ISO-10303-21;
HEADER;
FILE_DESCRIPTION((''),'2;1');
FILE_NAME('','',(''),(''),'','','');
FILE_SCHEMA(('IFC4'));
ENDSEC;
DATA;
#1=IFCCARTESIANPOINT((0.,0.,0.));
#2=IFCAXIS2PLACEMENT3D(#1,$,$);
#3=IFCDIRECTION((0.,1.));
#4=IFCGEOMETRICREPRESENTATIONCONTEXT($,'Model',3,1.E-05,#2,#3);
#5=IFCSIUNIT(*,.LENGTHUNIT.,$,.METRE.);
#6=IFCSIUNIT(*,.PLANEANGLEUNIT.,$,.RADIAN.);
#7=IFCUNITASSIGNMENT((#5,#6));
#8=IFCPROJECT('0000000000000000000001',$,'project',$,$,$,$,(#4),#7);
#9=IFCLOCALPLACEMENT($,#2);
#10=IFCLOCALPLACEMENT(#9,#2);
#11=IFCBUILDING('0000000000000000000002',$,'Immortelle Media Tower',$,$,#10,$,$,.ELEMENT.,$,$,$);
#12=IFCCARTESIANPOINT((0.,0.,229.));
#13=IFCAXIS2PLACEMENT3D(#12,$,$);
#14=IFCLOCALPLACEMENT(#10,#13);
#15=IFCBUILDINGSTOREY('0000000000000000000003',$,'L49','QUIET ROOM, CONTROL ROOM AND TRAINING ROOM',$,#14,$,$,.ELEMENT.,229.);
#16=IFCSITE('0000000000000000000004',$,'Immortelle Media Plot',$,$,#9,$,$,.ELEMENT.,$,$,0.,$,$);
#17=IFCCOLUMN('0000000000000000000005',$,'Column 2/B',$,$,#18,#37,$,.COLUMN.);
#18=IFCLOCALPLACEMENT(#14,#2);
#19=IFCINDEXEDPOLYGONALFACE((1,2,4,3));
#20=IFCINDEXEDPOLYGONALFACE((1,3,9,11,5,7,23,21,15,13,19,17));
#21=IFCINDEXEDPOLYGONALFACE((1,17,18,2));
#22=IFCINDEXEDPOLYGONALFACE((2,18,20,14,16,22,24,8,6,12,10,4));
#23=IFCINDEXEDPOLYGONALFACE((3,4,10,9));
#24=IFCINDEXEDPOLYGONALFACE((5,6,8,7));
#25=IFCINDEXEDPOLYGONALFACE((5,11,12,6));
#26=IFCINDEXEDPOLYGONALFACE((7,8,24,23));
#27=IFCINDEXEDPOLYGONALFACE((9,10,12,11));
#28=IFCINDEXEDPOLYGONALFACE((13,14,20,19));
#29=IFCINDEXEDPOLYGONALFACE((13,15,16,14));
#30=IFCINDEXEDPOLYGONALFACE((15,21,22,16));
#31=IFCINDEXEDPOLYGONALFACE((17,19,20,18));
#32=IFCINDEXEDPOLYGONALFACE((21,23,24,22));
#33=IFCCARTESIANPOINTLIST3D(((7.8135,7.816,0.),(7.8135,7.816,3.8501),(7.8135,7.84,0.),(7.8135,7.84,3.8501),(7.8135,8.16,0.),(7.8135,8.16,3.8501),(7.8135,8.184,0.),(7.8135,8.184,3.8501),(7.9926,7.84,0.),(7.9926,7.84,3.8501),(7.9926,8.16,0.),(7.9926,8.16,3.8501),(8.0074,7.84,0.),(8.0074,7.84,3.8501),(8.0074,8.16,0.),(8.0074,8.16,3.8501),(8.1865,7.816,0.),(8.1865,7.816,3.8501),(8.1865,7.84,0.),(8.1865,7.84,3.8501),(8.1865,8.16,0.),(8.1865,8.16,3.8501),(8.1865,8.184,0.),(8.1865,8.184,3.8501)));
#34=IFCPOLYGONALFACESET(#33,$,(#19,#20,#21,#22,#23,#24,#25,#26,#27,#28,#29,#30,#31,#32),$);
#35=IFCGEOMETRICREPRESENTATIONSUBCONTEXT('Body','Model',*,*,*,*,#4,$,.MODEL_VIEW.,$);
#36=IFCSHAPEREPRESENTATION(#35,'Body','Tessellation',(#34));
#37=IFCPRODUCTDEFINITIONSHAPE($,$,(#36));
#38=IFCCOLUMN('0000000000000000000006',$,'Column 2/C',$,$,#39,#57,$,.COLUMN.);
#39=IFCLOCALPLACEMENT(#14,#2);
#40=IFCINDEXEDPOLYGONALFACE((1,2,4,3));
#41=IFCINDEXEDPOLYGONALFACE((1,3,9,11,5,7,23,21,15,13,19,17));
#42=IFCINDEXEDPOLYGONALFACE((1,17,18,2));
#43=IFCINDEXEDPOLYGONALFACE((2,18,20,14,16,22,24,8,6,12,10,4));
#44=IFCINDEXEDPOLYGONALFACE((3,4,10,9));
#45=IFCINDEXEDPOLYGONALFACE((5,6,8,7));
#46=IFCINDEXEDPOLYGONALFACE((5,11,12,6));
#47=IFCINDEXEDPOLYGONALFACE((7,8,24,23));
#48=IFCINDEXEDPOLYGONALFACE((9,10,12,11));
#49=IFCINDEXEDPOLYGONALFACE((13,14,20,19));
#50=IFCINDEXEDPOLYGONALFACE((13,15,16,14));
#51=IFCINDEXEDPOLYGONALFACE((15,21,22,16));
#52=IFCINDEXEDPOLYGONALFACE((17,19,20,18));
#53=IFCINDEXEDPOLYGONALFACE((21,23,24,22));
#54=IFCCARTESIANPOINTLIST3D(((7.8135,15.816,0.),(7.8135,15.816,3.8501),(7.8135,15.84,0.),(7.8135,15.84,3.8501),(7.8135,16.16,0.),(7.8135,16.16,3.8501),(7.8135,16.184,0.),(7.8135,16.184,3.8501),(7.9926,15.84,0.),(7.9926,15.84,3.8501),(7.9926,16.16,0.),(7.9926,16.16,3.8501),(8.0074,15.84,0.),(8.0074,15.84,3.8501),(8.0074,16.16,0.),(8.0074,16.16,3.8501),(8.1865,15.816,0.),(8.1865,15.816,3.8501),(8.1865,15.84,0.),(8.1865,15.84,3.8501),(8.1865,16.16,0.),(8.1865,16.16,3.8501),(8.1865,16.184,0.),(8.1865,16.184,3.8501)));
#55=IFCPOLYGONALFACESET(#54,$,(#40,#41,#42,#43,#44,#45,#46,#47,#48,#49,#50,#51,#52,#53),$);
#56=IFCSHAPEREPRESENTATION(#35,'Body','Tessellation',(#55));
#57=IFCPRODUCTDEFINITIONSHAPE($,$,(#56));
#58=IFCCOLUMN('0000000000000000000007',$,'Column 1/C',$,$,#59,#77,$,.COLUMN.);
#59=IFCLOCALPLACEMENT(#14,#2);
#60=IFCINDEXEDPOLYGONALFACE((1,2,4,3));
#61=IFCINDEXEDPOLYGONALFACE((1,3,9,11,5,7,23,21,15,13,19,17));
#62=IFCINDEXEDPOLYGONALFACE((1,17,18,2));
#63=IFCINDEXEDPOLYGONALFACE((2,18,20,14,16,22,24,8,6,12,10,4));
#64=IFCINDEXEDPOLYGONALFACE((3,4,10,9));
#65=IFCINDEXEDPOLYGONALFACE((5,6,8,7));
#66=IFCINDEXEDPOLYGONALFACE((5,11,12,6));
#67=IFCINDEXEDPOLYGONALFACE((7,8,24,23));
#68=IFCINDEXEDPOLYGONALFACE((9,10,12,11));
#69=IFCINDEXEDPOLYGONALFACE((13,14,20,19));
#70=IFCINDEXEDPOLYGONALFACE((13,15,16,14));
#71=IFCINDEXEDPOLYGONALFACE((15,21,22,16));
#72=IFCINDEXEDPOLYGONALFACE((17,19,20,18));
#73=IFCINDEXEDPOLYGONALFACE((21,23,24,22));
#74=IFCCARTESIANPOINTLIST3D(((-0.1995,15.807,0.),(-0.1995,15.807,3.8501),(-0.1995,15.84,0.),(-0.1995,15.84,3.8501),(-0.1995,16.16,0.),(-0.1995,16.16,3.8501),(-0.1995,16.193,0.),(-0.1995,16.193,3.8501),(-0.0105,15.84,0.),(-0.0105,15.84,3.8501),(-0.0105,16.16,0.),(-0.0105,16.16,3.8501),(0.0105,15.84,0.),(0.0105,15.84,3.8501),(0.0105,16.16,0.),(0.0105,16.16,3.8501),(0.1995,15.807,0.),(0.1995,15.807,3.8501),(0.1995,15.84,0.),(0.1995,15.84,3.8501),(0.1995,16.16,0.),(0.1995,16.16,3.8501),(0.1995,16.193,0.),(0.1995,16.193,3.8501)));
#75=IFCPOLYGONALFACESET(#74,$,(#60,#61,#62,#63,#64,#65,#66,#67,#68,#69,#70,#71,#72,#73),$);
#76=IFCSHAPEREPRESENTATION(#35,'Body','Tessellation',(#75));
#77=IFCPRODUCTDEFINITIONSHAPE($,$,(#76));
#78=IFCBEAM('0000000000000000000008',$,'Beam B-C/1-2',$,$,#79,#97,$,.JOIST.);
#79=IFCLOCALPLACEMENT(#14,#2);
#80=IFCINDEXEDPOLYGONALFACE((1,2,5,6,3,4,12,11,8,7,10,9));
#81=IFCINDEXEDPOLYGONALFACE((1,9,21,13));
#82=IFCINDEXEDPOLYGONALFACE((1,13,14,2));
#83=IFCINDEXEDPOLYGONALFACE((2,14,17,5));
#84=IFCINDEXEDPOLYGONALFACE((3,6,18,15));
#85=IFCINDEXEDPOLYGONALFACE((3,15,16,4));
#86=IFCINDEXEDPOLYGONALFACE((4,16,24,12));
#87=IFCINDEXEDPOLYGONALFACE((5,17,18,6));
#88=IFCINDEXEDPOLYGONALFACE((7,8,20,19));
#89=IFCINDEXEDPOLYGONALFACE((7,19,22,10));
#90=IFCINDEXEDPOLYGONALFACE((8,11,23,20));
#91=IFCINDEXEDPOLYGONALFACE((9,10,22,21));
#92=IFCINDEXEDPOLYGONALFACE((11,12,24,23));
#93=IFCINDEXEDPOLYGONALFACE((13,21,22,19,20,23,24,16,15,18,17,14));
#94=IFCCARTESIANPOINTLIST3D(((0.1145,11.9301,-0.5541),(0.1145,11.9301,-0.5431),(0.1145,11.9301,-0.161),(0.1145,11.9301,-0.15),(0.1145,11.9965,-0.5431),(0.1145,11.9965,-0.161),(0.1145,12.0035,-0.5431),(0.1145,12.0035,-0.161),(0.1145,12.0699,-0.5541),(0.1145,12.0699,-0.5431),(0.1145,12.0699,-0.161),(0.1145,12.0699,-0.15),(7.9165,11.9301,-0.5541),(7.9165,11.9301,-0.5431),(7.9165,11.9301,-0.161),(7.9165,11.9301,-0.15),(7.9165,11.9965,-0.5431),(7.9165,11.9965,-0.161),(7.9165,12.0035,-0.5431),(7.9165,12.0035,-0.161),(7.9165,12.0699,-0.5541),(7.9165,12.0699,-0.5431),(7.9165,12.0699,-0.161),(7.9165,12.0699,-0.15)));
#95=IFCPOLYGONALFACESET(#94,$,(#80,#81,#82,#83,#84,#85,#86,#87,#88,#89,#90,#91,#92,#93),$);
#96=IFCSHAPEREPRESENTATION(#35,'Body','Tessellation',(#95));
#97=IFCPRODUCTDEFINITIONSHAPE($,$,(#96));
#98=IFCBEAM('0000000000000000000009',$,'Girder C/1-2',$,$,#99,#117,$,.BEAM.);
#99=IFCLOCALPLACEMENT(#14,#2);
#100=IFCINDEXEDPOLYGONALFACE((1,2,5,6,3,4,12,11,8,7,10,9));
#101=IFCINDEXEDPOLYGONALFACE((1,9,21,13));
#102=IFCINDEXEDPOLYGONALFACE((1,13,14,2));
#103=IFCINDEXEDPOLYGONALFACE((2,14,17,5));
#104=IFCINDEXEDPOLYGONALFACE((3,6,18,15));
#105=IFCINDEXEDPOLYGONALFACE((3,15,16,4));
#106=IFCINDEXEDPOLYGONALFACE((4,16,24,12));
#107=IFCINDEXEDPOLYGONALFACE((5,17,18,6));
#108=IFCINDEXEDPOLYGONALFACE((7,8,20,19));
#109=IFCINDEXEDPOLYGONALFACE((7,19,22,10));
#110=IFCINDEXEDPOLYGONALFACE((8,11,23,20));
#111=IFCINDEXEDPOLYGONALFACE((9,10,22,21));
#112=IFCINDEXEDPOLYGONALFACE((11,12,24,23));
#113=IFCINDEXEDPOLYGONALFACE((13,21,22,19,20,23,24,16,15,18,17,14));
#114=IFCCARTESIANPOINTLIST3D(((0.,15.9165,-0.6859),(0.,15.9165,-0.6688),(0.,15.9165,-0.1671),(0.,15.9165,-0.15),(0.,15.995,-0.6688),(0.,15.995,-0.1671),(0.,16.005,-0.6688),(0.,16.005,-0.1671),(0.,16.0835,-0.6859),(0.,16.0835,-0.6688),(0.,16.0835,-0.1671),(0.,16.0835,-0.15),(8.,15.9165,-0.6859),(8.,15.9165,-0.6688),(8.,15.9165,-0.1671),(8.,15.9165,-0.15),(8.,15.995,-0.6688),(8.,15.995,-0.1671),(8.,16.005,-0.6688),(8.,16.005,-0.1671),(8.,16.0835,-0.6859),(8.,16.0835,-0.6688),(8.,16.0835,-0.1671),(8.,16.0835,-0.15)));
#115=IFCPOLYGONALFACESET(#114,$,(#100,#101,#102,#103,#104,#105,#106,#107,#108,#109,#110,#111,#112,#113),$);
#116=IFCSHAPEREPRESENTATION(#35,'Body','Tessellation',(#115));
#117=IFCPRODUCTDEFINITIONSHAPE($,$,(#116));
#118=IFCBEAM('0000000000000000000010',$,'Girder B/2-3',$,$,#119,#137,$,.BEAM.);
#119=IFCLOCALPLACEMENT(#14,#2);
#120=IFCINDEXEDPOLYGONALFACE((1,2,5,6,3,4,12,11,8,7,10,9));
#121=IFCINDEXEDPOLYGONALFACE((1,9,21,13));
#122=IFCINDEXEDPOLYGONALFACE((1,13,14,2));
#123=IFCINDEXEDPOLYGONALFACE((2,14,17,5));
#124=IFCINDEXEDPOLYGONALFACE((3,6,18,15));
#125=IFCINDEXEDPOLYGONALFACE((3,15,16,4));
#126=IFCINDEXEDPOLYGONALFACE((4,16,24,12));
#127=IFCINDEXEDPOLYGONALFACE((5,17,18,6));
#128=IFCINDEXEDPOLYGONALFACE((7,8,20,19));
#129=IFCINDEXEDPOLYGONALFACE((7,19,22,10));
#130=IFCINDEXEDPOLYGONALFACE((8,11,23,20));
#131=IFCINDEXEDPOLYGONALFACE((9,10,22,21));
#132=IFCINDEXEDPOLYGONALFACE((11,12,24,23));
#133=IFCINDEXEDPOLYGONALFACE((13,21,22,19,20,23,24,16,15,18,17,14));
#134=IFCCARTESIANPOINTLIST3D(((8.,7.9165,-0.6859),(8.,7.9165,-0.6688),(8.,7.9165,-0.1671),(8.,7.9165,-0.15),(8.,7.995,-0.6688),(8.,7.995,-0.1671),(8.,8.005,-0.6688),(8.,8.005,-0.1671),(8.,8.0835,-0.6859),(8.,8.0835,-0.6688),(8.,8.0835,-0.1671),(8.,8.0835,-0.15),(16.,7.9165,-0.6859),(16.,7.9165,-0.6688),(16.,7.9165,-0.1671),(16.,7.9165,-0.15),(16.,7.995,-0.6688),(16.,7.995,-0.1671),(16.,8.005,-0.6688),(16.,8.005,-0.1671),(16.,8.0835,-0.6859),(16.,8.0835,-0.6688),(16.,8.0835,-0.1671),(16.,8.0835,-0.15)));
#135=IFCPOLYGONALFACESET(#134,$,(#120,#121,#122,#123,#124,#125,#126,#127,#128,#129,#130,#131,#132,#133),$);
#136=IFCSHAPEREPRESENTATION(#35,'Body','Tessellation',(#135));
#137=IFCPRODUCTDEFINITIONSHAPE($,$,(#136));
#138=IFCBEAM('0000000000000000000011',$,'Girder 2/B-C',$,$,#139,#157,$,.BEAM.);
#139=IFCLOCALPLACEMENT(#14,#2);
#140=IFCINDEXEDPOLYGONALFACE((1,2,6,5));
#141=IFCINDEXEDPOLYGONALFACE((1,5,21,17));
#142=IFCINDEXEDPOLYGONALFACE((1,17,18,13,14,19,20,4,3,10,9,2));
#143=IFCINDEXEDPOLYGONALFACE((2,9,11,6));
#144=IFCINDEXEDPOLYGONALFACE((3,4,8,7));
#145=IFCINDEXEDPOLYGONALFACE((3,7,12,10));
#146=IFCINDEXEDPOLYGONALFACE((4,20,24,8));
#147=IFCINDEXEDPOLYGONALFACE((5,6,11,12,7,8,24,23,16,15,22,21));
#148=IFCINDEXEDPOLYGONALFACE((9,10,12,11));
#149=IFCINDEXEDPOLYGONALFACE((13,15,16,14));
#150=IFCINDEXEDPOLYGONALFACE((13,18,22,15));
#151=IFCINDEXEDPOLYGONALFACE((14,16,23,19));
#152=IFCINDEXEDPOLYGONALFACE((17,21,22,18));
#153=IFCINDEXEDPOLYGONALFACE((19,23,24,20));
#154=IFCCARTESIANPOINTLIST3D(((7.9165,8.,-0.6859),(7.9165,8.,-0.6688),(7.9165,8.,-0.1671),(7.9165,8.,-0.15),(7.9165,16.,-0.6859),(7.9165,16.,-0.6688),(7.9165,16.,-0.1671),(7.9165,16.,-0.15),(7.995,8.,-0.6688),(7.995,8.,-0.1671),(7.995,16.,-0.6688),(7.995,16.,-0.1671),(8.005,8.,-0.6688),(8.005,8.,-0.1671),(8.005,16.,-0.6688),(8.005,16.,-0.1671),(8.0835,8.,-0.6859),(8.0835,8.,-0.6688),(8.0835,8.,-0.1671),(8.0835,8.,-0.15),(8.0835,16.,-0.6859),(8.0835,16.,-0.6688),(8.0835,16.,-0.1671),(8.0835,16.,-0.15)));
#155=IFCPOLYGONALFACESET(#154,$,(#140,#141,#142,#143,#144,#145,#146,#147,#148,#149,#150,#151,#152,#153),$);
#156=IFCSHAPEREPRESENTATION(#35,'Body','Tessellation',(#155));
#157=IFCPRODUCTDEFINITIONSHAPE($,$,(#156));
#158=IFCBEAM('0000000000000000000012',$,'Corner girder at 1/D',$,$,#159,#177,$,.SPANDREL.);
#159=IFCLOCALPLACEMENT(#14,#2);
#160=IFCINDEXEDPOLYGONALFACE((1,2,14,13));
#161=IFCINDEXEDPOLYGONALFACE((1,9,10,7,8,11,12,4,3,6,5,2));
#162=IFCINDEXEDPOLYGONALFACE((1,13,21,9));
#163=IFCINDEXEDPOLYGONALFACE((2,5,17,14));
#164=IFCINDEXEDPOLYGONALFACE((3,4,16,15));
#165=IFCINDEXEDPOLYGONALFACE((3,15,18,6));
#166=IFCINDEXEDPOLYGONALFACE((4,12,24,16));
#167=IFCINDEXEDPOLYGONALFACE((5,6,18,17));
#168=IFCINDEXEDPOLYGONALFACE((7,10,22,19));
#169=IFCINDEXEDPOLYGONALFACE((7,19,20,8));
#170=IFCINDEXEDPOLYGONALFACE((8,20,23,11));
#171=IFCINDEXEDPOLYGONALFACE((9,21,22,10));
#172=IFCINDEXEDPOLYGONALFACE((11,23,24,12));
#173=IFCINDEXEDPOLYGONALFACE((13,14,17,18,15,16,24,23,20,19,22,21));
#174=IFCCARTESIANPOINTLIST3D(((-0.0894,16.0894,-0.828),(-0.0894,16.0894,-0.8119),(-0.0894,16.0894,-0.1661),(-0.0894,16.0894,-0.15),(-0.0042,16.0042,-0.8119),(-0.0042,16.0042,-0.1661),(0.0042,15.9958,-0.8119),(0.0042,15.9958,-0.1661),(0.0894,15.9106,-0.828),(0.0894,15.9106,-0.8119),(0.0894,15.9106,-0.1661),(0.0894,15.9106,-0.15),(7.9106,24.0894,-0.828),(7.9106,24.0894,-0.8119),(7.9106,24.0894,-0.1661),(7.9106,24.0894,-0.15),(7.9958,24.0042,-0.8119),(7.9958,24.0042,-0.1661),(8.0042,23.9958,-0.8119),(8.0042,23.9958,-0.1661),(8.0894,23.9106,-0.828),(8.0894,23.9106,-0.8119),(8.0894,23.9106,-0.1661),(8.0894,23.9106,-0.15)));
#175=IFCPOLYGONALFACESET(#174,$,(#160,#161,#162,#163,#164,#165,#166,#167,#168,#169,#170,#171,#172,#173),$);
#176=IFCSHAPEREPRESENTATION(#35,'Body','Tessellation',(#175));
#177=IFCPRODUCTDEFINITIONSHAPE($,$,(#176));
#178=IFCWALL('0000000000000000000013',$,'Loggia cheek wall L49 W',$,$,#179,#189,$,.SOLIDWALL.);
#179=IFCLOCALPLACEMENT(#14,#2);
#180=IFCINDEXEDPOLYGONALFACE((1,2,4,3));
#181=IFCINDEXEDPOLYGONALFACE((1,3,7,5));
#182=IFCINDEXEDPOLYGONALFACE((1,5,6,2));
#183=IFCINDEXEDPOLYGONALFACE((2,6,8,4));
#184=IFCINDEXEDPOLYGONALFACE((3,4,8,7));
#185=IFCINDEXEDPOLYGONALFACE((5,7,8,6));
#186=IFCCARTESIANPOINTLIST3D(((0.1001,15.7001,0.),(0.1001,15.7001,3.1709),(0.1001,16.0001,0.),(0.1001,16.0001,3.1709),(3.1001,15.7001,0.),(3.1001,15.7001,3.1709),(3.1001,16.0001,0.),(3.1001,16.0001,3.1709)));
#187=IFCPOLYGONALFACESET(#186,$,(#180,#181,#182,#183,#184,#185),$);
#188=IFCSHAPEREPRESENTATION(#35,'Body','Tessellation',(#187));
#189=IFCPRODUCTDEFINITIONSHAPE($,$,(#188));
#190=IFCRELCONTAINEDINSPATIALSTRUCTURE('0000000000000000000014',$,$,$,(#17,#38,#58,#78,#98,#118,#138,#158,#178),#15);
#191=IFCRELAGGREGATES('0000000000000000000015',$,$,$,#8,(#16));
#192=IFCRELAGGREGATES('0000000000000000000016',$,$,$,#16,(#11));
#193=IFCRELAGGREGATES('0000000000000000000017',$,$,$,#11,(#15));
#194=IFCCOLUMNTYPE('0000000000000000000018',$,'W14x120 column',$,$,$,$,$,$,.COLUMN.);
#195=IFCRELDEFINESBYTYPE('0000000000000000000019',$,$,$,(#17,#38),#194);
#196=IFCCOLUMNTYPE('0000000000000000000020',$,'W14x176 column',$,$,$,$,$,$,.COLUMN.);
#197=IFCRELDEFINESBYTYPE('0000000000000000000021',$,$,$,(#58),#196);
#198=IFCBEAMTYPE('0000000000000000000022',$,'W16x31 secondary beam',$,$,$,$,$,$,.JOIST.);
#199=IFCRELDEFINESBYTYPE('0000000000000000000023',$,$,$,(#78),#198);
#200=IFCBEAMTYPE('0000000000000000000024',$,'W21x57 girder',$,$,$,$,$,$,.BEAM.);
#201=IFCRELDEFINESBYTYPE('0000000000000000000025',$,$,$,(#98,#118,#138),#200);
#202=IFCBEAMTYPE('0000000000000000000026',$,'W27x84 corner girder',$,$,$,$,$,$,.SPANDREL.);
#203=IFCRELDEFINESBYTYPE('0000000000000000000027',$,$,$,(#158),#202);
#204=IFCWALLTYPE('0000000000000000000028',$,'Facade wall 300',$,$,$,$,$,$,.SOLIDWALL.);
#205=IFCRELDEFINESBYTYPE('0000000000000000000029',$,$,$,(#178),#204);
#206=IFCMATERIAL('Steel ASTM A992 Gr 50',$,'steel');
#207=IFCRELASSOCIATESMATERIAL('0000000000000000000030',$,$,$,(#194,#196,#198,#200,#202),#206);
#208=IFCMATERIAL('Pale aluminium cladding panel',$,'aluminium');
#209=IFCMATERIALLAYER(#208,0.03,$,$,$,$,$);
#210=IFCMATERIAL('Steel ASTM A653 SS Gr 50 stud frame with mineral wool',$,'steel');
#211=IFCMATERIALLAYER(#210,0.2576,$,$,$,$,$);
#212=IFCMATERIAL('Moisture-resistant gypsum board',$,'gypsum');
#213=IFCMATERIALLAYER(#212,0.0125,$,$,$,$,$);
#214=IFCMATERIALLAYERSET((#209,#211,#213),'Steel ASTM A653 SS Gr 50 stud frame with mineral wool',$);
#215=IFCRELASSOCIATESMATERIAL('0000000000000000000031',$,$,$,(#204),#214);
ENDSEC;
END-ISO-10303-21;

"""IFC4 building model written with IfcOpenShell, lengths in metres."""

from ifc_helpers import new_model, si_unit, direction, frame, frame_2d, origin, origin_2d, place, context, subcontext, project, spatial, rectangle, i_section, extrude, material, layer, layer_set, material_profile, profile_set, type_object, element, save


model = new_model("IFC4")

# Units and contexts
model_context = context("Model", 3, precision=1e-05, world=origin(), true_north=direction((0.0, 1.0)))
body_context = subcontext(model_context, "Body", "Model", "MODEL_VIEW")
ifc_project = project(units=[si_unit("LENGTHUNIT", "METRE"), si_unit("PLANEANGLEUNIT", "RADIAN")], contexts=[model_context])

# Site, building, storey
site_placement = place(None, origin())
site = spatial("IfcSite", under=ifc_project, at=site_placement, Name="Immortelle Media Plot", CompositionType="ELEMENT", RefElevation=0.0)
building_placement = place(site_placement, origin())
building = spatial("IfcBuilding", under=site, at=building_placement, Name="Immortelle Media Tower", CompositionType="ELEMENT")
storey_placement = place(building_placement, frame((0.0, 0.0, 229.0)))
storey = spatial("IfcBuildingStorey", under=building, at=storey_placement, Name="L49", Description="QUIET ROOM, CONTROL ROOM AND TRAINING ROOM", CompositionType="ELEMENT", Elevation=229.0)

# Columns
ifc_material_1 = material(Name="Steel ASTM A992 Gr 50", Category="steel")
ifc_material_profile_1 = material_profile(ifc_material_1, i_section(OverallWidth=0.373, OverallDepth=0.3679, WebThickness=0.0149, FlangeThickness=0.0239, at=origin_2d()), Name="W14x120")
ifc_profile_set_1 = profile_set([ifc_material_profile_1], Name="Steel ASTM A992 Gr 50")
column_type_1 = type_object("IfcColumnType", Name="W14x120 column", PredefinedType="COLUMN", material=ifc_profile_set_1)
for number, where, z_axis, x_axis, name in (
    (1, (8.0, 8.0, 0.0), (0.0, 0.0, 1.0), (1.0, 0.0, 0.0), "Column 2/B"),
    (2, (8.0, 16.0, 0.0), (0.0, 0.0, 1.0), (1.0, 0.0, 0.0), "Column 2/C"),
):
    element("IfcColumn", number, at=place(storey_placement, frame(where, z_axis=z_axis, x_axis=x_axis)), inside=storey, type_object=column_type_1, Name=name, PredefinedType="COLUMN", context=body_context, shape_type="SweptSolid", body=[
        extrude(i_section(OverallWidth=0.373, OverallDepth=0.3679, WebThickness=0.0149, FlangeThickness=0.0239, at=origin_2d()), origin(), (0.0, 0.0, 1.0), 3.8501),
    ])
ifc_material_profile_2 = material_profile(ifc_material_1, i_section(OverallWidth=0.3989, OverallDepth=0.386, WebThickness=0.021, FlangeThickness=0.033, at=origin_2d()), Name="W14x176")
ifc_profile_set_2 = profile_set([ifc_material_profile_2], Name="Steel ASTM A992 Gr 50")
column_type_2 = type_object("IfcColumnType", Name="W14x176 column", PredefinedType="COLUMN", material=ifc_profile_set_2)
column_placement = place(storey_placement, frame((0.0, 16.0, 0.0), z_axis=(0.0, 0.0, 1.0), x_axis=(1.0, 0.0, 0.0)))
element("IfcColumn", 3, at=column_placement, inside=storey, type_object=column_type_2, Name="Column 1/C", PredefinedType="COLUMN", context=body_context, shape_type="SweptSolid", body=[
    extrude(i_section(OverallWidth=0.3989, OverallDepth=0.386, WebThickness=0.021, FlangeThickness=0.033, at=origin_2d()), origin(), (0.0, 0.0, 1.0), 3.8501),
])

# Beams
ifc_material_profile_3 = material_profile(ifc_material_1, i_section(OverallWidth=0.1399, OverallDepth=0.4041, WebThickness=0.0071, FlangeThickness=0.011, at=origin_2d()), Name="W16x31")
ifc_profile_set_3 = profile_set([ifc_material_profile_3], Name="Steel ASTM A992 Gr 50")
beam_type_1 = type_object("IfcBeamType", Name="W16x31 secondary beam", PredefinedType="JOIST", material=ifc_profile_set_3)
beam_1_placement = place(storey_placement, frame((0.1145, 12.0, -0.3521), z_axis=(1.0, 0.0, 0.0), x_axis=(0.0, 1.0, 0.0)))
element("IfcBeam", 4, at=beam_1_placement, inside=storey, type_object=beam_type_1, Name="Beam B-C/1-2", PredefinedType="JOIST", context=body_context, shape_type="SweptSolid", body=[
    extrude(i_section(OverallWidth=0.1399, OverallDepth=0.4041, WebThickness=0.0071, FlangeThickness=0.011, at=origin_2d()), origin(), (0.0, 0.0, 1.0), 7.802),
])
ifc_material_profile_4 = material_profile(ifc_material_1, i_section(OverallWidth=0.167, OverallDepth=0.5359, WebThickness=0.01, FlangeThickness=0.0171, at=origin_2d()), Name="W21x57")
ifc_profile_set_4 = profile_set([ifc_material_profile_4], Name="Steel ASTM A992 Gr 50")
beam_type_2 = type_object("IfcBeamType", Name="W21x57 girder", PredefinedType="BEAM", material=ifc_profile_set_4)
for number, where, z_axis, x_axis, name in (
    (5, (0.0, 16.0, -0.418), (1.0, 0.0, 0.0), (0.0, 1.0, 0.0), "Girder C/1-2"),
    (6, (8.0, 8.0, -0.418), (1.0, 0.0, 0.0), (0.0, 1.0, 0.0), "Girder B/2-3"),
    (7, (8.0, 8.0, -0.418), (0.0, 1.0, 0.0), (-1.0, 0.0, 0.0), "Girder 2/B-C"),
):
    element("IfcBeam", number, at=place(storey_placement, frame(where, z_axis=z_axis, x_axis=x_axis)), inside=storey, type_object=beam_type_2, Name=name, PredefinedType="BEAM", context=body_context, shape_type="SweptSolid", body=[
        extrude(i_section(OverallWidth=0.167, OverallDepth=0.5359, WebThickness=0.01, FlangeThickness=0.0171, at=origin_2d()), origin(), (0.0, 0.0, 1.0), 8.0),
    ])
ifc_material_profile_5 = material_profile(ifc_material_1, i_section(OverallWidth=0.2529, OverallDepth=0.678, WebThickness=0.012, FlangeThickness=0.0161, at=origin_2d()), Name="W27x84")
ifc_profile_set_5 = profile_set([ifc_material_profile_5], Name="Steel ASTM A992 Gr 50")
beam_type_3 = type_object("IfcBeamType", Name="W27x84 corner girder", PredefinedType="SPANDREL", material=ifc_profile_set_5)
beam_2_placement = place(storey_placement, frame((0.0, 16.0, -0.489), z_axis=(0.707107, 0.707107, 0.0), x_axis=(-0.707107, 0.707107, 0.0)))
element("IfcBeam", 8, at=beam_2_placement, inside=storey, type_object=beam_type_3, Name="Corner girder at 1/D", PredefinedType="SPANDREL", context=body_context, shape_type="SweptSolid", body=[
    extrude(i_section(OverallWidth=0.2529, OverallDepth=0.678, WebThickness=0.012, FlangeThickness=0.0161, at=origin_2d()), origin(), (0.0, 0.0, 1.0), 11.3137),
])

# Shared definitions
ifc_material_2 = material(Name="Pale aluminium cladding panel", Category="aluminium")
ifc_layer_1 = layer(ifc_material_2, 0.03)
ifc_material_3 = material(Name="Steel ASTM A653 SS Gr 50 stud frame with mineral wool", Category="steel")
ifc_layer_2 = layer(ifc_material_3, 0.2576)
ifc_material_4 = material(Name="Moisture-resistant gypsum board", Category="gypsum")
ifc_layer_3 = layer(ifc_material_4, 0.0125)
ifc_layer_set_1 = layer_set([ifc_layer_1, ifc_layer_2, ifc_layer_3], Name="Steel ASTM A653 SS Gr 50 stud frame with mineral wool")
wall_type_1 = type_object("IfcWallType", Name="Facade wall 300", PredefinedType="SOLIDWALL", material=ifc_layer_set_1)

# Wall
for number, where, z_axis, x_axis, name in (
    (9, (0.1001, 15.8501, 0.0), (0.0, 0.0, 1.0), (1.0, 0.0, 0.0), "Loggia cheek wall L49 W"),
):
    element("IfcWall", number, at=place(storey_placement, frame(where, z_axis=z_axis, x_axis=x_axis)), inside=storey, type_object=wall_type_1, Name=name, PredefinedType="SOLIDWALL", context=body_context, shape_type="SweptSolid", body=[
        extrude(rectangle(XDim=3.0, YDim=0.3, at=frame_2d((1.5, 0.0))), origin(), (0.0, 0.0, 1.0), 3.1709),
    ])

save(model, "model.ifc")
